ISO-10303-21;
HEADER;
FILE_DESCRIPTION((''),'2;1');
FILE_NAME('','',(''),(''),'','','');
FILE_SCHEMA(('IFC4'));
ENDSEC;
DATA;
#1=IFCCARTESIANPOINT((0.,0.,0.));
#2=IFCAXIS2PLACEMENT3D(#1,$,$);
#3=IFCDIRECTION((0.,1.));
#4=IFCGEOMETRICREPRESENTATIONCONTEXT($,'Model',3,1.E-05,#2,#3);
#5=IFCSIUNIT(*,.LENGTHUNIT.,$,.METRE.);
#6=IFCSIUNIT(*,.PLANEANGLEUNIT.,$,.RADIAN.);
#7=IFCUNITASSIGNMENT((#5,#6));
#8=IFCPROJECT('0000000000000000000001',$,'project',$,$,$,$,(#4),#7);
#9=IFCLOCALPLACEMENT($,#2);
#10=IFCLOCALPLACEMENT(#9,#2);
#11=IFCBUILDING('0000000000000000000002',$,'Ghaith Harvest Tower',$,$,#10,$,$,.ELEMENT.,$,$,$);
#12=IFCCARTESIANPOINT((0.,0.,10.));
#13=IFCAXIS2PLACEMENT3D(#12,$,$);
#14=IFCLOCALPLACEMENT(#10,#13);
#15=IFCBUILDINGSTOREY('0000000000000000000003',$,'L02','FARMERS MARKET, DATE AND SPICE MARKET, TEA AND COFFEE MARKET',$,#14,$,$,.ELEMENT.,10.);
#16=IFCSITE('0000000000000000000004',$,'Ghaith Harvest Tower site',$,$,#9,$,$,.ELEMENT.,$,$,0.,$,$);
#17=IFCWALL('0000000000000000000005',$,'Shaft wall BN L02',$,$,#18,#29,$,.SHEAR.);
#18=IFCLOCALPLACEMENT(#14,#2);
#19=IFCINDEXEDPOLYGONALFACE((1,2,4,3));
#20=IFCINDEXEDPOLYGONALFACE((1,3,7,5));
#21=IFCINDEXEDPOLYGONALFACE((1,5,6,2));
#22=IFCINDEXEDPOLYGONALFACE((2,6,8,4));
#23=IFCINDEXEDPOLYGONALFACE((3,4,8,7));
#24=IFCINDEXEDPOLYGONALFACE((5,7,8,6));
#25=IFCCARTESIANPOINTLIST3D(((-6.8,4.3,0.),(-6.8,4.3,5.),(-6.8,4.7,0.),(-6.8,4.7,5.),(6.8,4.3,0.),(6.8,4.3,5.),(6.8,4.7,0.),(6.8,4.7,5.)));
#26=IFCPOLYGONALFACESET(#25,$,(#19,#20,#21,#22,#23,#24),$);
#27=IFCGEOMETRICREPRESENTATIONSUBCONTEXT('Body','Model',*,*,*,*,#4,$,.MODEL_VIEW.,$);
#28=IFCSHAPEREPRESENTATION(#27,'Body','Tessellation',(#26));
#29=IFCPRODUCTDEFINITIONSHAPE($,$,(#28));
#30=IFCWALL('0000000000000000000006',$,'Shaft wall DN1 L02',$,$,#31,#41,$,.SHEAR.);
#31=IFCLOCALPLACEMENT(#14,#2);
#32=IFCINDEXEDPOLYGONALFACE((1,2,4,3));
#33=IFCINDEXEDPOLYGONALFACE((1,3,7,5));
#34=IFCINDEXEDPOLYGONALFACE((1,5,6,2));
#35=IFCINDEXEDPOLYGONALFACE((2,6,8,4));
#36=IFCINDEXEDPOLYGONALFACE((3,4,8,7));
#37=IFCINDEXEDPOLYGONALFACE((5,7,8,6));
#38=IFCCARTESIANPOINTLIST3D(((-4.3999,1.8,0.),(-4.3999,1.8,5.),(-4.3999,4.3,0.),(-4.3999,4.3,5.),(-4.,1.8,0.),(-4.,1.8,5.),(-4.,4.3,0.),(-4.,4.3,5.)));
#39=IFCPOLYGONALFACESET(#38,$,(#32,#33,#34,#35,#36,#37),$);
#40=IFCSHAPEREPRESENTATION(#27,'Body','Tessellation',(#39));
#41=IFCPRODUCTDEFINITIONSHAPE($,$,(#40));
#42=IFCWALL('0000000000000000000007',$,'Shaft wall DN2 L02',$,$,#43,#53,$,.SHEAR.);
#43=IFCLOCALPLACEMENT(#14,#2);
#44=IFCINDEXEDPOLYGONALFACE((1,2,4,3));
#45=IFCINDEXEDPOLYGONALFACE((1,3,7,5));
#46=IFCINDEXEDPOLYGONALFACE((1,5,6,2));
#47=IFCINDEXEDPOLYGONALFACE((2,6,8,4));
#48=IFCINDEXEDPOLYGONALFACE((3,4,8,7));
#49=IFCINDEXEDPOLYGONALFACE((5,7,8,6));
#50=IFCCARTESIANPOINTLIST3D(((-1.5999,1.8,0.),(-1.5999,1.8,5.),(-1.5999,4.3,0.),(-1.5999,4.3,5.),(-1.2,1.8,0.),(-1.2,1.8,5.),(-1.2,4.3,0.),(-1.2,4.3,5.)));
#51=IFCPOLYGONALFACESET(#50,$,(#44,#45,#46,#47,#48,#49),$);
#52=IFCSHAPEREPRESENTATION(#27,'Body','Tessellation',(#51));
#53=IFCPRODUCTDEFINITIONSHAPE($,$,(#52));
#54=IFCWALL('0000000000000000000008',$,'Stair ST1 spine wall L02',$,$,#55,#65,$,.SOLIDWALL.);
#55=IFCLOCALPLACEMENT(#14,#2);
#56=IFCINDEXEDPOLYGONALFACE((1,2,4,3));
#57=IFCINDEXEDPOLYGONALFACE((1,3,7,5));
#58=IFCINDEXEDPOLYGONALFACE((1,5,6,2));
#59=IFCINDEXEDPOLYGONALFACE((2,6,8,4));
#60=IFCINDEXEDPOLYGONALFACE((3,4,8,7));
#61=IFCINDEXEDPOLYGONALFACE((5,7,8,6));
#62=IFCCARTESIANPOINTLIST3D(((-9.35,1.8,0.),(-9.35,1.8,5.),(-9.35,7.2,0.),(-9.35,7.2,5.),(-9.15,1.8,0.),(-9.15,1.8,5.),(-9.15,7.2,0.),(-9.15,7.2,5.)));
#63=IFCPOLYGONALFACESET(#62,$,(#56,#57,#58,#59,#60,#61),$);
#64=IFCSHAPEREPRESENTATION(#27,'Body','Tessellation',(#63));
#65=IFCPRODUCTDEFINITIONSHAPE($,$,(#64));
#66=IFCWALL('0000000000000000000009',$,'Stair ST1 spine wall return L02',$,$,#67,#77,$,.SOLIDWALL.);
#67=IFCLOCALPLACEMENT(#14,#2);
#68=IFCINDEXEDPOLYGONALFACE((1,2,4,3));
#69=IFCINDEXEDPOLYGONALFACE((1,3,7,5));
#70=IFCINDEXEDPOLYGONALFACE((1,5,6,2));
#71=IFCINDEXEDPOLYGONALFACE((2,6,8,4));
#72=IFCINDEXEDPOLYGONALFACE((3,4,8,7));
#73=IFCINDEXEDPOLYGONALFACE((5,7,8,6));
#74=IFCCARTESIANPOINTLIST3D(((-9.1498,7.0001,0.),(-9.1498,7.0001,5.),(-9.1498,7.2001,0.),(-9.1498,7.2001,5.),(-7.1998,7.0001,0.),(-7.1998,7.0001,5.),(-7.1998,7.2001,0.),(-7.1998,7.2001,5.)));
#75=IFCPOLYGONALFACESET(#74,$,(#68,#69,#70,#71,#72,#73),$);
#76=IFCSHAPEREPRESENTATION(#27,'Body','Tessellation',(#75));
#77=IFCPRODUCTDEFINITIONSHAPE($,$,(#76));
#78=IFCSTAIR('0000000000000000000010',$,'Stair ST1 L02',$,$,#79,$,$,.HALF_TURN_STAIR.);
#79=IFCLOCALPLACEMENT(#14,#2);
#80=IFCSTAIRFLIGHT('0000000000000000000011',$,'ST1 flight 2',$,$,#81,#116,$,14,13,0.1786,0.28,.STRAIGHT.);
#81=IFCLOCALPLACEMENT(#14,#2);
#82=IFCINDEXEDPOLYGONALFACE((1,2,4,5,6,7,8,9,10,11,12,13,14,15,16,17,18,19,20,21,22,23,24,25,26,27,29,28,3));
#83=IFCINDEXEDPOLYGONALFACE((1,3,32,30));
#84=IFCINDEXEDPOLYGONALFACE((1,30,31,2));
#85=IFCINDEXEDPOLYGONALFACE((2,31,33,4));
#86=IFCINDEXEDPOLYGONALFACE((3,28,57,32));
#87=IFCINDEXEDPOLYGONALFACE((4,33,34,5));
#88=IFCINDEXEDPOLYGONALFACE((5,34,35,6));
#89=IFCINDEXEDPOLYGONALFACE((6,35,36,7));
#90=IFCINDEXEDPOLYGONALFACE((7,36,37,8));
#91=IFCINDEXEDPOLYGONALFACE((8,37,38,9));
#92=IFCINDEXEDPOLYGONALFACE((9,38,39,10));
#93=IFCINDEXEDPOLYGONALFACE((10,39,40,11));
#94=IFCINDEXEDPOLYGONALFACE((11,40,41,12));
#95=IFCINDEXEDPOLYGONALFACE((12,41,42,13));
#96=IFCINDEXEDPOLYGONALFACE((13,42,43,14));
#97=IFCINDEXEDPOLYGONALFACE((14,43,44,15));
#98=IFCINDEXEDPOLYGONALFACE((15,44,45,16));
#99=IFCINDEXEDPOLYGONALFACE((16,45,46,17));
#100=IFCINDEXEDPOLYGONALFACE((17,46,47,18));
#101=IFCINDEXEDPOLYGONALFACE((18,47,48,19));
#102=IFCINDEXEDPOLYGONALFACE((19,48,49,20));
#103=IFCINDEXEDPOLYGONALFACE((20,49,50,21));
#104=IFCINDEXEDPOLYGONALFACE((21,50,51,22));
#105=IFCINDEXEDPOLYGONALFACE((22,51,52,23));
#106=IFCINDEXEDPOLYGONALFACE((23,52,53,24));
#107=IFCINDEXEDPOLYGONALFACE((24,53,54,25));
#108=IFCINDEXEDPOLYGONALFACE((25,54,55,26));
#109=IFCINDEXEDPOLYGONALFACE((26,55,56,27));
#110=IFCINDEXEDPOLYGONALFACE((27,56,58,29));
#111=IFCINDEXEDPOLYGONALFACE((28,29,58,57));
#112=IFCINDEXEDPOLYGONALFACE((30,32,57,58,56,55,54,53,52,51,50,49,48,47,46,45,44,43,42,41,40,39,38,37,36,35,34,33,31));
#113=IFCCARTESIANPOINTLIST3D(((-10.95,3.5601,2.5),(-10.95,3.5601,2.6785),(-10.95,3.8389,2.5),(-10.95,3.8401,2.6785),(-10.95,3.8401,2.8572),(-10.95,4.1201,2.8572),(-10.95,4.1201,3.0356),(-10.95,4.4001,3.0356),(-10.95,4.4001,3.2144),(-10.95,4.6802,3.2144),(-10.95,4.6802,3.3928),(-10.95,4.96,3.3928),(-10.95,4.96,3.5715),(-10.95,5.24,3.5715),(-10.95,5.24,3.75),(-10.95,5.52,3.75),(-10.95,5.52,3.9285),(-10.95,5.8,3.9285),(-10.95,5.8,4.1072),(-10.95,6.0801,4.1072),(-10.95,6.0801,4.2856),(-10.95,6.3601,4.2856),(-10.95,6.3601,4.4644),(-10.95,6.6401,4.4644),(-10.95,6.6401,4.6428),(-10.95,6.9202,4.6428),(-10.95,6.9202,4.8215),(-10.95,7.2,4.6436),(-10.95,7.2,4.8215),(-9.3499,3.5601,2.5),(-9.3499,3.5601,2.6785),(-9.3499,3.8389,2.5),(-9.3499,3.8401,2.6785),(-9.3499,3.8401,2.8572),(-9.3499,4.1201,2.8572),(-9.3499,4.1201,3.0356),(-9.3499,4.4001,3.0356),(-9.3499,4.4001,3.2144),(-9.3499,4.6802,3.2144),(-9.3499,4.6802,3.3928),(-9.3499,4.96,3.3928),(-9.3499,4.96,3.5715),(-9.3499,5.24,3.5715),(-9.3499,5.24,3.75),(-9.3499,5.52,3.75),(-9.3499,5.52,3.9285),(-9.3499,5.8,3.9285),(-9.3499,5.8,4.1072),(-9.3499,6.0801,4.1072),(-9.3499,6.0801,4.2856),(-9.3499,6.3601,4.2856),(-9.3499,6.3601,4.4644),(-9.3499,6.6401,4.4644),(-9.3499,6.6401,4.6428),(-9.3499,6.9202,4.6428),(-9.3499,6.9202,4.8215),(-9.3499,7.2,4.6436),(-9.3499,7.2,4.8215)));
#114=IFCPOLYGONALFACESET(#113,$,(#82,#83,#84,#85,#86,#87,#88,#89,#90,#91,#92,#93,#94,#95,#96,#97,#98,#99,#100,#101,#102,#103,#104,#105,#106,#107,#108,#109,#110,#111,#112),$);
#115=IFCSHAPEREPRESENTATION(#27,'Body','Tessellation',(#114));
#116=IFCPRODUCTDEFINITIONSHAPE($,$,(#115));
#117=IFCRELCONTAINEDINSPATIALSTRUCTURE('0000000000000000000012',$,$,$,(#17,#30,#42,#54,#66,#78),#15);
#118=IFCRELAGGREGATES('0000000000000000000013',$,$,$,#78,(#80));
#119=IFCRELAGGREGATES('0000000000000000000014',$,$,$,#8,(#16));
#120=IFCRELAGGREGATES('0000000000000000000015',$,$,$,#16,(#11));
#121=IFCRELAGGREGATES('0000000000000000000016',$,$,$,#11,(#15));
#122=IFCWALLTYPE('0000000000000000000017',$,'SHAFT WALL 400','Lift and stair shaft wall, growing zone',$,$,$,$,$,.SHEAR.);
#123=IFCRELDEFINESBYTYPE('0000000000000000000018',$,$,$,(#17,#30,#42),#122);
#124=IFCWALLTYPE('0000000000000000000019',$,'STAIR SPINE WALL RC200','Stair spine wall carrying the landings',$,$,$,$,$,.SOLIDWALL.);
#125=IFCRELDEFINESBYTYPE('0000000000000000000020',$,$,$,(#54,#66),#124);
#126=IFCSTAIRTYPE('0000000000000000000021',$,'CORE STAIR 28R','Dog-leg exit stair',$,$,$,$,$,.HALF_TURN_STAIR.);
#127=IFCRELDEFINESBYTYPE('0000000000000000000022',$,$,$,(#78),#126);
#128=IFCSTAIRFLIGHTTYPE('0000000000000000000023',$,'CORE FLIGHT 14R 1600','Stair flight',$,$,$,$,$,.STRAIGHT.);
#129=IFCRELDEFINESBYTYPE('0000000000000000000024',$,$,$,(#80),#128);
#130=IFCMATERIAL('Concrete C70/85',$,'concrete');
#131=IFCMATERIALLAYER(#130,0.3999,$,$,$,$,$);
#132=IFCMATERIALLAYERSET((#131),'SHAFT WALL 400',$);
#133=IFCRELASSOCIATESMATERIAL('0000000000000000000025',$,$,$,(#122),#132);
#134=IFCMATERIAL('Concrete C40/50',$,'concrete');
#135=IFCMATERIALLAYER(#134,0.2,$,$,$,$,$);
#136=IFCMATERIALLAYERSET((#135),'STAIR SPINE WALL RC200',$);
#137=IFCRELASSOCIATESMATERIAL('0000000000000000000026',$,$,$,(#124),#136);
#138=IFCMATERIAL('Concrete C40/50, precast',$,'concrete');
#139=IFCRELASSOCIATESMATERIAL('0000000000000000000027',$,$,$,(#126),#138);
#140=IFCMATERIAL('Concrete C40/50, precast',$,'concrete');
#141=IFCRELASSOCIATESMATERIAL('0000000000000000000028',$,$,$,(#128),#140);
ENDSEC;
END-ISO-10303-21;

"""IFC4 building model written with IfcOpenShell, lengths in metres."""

from ifc_helpers import new_model, si_unit, direction, frame, frame_2d, origin, place, context, subcontext, project, spatial, polyline, rectangle, outline, extrude, material, layer, layer_set, type_object, element, aggregate, save


model = new_model("IFC4")

# Units and contexts
model_context = context("Model", 3, precision=1e-05, world=origin(), true_north=direction((0.0, 1.0)))
body_context = subcontext(model_context, "Body", "Model", "MODEL_VIEW")
ifc_project = project(units=[si_unit("LENGTHUNIT", "METRE"), si_unit("PLANEANGLEUNIT", "RADIAN")], contexts=[model_context])

# Site, building, storey
site_placement = place(None, origin())
site = spatial("IfcSite", under=ifc_project, at=site_placement, Name="Ghaith Harvest Tower site", CompositionType="ELEMENT", RefElevation=0.0)
building_placement = place(site_placement, origin())
building = spatial("IfcBuilding", under=site, at=building_placement, Name="Ghaith Harvest Tower", CompositionType="ELEMENT")
storey_placement = place(building_placement, frame((0.0, 0.0, 10.0)))
storey = spatial("IfcBuildingStorey", under=building, at=storey_placement, Name="L02", Description="FARMERS MARKET, DATE AND SPICE MARKET, TEA AND COFFEE MARKET", CompositionType="ELEMENT", Elevation=10.0)

# Shared definitions
ifc_material_1 = material(Name="Concrete C70/85", Category="concrete")
ifc_layer_1 = layer(ifc_material_1, 0.3999)
ifc_layer_set_1 = layer_set([ifc_layer_1], Name="SHAFT WALL 400")
wall_type_1 = type_object("IfcWallType", Name="SHAFT WALL 400", Description="Lift and stair shaft wall, growing zone", PredefinedType="SHEAR", material=ifc_layer_set_1)

# Walls
wall_1_placement = place(storey_placement, frame((-6.8, 4.5, 0.0), z_axis=(0.0, 0.0, 1.0), x_axis=(1.0, 0.0, 0.0)))
element("IfcWall", 1, at=wall_1_placement, inside=storey, type_object=wall_type_1, Name="Shaft wall BN L02", PredefinedType="SHEAR", context=body_context, shape_type="SweptSolid", body=[
    extrude(rectangle(XDim=13.6001, YDim=0.3999, at=frame_2d((6.8, 0.0))), origin(), (0.0, 0.0, 1.0), 5.0),
])
for number, where, z_axis, x_axis, name in (
    (2, (-4.2, 1.8, 0.0), (0.0, 0.0, 1.0), (0.0, 1.0, 0.0), "Shaft wall DN1 L02"),
    (3, (-1.3999, 1.8, 0.0), (0.0, 0.0, 1.0), (0.0, 1.0, 0.0), "Shaft wall DN2 L02"),
):
    element("IfcWall", number, at=place(storey_placement, frame(where, z_axis=z_axis, x_axis=x_axis)), inside=storey, type_object=wall_type_1, Name=name, PredefinedType="SHEAR", context=body_context, shape_type="SweptSolid", body=[
        extrude(rectangle(XDim=2.5, YDim=0.3999, at=frame_2d((1.25, 0.0))), origin(), (0.0, 0.0, 1.0), 5.0),
    ])
ifc_material_2 = material(Name="Concrete C40/50", Category="concrete")
ifc_layer_2 = layer(ifc_material_2, 0.2)
ifc_layer_set_2 = layer_set([ifc_layer_2], Name="STAIR SPINE WALL RC200")
wall_type_2 = type_object("IfcWallType", Name="STAIR SPINE WALL RC200", Description="Stair spine wall carrying the landings", PredefinedType="SOLIDWALL", material=ifc_layer_set_2)
wall_2_placement = place(storey_placement, frame((-9.25, 7.2, 0.0), z_axis=(0.0, 0.0, 1.0), x_axis=(0.0, -1.0, 0.0)))
element("IfcWall", 4, at=wall_2_placement, inside=storey, type_object=wall_type_2, Name="Stair ST1 spine wall L02", PredefinedType="SOLIDWALL", context=body_context, shape_type="SweptSolid", body=[
    extrude(rectangle(XDim=5.3999, YDim=0.2, at=frame_2d((2.7, 0.0))), origin(), (0.0, 0.0, 1.0), 5.0),
])
wall_3_placement = place(storey_placement, frame((-9.1499, 7.1001, 0.0), z_axis=(0.0, 0.0, 1.0), x_axis=(1.0, 0.0, 0.0)))
element("IfcWall", 5, at=wall_3_placement, inside=storey, type_object=wall_type_2, Name="Stair ST1 spine wall return L02", PredefinedType="SOLIDWALL", context=body_context, shape_type="SweptSolid", body=[
    extrude(rectangle(XDim=1.95, YDim=0.2, at=frame_2d((0.9751, 0.0))), origin(), (0.0, 0.0, 1.0), 5.0),
])

# Stair, stair flight
ifc_material_3 = material(Name="Concrete C40/50, precast", Category="concrete")
stair_type = type_object("IfcStairType", Name="CORE STAIR 28R", Description="Dog-leg exit stair", PredefinedType="HALF_TURN_STAIR", material=ifc_material_3)
stair_placement = place(storey_placement, origin())
stair = element("IfcStair", 6, at=stair_placement, inside=storey, type_object=stair_type, Name="Stair ST1 L02", PredefinedType="HALF_TURN_STAIR")
ifc_material_4 = material(Name="Concrete C40/50, precast", Category="concrete")
stair_flight_type = type_object("IfcStairFlightType", Name="CORE FLIGHT 14R 1600", Description="Stair flight", PredefinedType="STRAIGHT", material=ifc_material_4)
stair_flight_placement = place(storey_placement, frame((-10.1499, 3.5601, 2.5), z_axis=(0.0, 0.0, 1.0), x_axis=(0.0, 1.0, 0.0)))
stair_flight = element("IfcStairFlight", 7, at=stair_flight_placement, type_object=stair_flight_type, Name="ST1 flight 2", NumberOfRisers=14, NumberOfTreads=13, PredefinedType="STRAIGHT", RiserHeight=0.1786, TreadLength=0.28, context=body_context, shape_type="SweptSolid", body=[
    extrude(outline(polyline([(0.0, 0.0), (0.0, 0.1785), (0.28, 0.1785), (0.28, 0.3572), (0.5601, 0.3572), (0.5601, 0.5356), (0.8401, 0.5356), (0.8401, 0.7144), (1.1201, 0.7144), (1.1201, 0.8928), (1.3999, 0.8928), (1.3999, 1.0715), (1.6799, 1.0715), (1.6799, 1.25), (1.96, 1.25), (1.96, 1.4285), (2.24, 1.4285), (2.24, 1.6072), (2.52, 1.6072), (2.52, 1.7856), (2.8, 1.7856), (2.8, 1.9644), (3.0801, 1.9644), (3.0801, 2.1428), (3.3601, 2.1428), (3.3601, 2.3215), (3.6399, 2.3215), (3.6399, 2.5), (3.6399, 2.1436), (0.2788, 0.0), (0.0, 0.0)])), frame((0.0, 0.8, 0.0), z_axis=(0.0, -1.0, 0.0), x_axis=(1.0, 0.0, 0.0)), (0.0, 0.0, 1.0), 1.6001),
])
aggregate(stair, [stair_flight])

save(model, "model.ifc")
